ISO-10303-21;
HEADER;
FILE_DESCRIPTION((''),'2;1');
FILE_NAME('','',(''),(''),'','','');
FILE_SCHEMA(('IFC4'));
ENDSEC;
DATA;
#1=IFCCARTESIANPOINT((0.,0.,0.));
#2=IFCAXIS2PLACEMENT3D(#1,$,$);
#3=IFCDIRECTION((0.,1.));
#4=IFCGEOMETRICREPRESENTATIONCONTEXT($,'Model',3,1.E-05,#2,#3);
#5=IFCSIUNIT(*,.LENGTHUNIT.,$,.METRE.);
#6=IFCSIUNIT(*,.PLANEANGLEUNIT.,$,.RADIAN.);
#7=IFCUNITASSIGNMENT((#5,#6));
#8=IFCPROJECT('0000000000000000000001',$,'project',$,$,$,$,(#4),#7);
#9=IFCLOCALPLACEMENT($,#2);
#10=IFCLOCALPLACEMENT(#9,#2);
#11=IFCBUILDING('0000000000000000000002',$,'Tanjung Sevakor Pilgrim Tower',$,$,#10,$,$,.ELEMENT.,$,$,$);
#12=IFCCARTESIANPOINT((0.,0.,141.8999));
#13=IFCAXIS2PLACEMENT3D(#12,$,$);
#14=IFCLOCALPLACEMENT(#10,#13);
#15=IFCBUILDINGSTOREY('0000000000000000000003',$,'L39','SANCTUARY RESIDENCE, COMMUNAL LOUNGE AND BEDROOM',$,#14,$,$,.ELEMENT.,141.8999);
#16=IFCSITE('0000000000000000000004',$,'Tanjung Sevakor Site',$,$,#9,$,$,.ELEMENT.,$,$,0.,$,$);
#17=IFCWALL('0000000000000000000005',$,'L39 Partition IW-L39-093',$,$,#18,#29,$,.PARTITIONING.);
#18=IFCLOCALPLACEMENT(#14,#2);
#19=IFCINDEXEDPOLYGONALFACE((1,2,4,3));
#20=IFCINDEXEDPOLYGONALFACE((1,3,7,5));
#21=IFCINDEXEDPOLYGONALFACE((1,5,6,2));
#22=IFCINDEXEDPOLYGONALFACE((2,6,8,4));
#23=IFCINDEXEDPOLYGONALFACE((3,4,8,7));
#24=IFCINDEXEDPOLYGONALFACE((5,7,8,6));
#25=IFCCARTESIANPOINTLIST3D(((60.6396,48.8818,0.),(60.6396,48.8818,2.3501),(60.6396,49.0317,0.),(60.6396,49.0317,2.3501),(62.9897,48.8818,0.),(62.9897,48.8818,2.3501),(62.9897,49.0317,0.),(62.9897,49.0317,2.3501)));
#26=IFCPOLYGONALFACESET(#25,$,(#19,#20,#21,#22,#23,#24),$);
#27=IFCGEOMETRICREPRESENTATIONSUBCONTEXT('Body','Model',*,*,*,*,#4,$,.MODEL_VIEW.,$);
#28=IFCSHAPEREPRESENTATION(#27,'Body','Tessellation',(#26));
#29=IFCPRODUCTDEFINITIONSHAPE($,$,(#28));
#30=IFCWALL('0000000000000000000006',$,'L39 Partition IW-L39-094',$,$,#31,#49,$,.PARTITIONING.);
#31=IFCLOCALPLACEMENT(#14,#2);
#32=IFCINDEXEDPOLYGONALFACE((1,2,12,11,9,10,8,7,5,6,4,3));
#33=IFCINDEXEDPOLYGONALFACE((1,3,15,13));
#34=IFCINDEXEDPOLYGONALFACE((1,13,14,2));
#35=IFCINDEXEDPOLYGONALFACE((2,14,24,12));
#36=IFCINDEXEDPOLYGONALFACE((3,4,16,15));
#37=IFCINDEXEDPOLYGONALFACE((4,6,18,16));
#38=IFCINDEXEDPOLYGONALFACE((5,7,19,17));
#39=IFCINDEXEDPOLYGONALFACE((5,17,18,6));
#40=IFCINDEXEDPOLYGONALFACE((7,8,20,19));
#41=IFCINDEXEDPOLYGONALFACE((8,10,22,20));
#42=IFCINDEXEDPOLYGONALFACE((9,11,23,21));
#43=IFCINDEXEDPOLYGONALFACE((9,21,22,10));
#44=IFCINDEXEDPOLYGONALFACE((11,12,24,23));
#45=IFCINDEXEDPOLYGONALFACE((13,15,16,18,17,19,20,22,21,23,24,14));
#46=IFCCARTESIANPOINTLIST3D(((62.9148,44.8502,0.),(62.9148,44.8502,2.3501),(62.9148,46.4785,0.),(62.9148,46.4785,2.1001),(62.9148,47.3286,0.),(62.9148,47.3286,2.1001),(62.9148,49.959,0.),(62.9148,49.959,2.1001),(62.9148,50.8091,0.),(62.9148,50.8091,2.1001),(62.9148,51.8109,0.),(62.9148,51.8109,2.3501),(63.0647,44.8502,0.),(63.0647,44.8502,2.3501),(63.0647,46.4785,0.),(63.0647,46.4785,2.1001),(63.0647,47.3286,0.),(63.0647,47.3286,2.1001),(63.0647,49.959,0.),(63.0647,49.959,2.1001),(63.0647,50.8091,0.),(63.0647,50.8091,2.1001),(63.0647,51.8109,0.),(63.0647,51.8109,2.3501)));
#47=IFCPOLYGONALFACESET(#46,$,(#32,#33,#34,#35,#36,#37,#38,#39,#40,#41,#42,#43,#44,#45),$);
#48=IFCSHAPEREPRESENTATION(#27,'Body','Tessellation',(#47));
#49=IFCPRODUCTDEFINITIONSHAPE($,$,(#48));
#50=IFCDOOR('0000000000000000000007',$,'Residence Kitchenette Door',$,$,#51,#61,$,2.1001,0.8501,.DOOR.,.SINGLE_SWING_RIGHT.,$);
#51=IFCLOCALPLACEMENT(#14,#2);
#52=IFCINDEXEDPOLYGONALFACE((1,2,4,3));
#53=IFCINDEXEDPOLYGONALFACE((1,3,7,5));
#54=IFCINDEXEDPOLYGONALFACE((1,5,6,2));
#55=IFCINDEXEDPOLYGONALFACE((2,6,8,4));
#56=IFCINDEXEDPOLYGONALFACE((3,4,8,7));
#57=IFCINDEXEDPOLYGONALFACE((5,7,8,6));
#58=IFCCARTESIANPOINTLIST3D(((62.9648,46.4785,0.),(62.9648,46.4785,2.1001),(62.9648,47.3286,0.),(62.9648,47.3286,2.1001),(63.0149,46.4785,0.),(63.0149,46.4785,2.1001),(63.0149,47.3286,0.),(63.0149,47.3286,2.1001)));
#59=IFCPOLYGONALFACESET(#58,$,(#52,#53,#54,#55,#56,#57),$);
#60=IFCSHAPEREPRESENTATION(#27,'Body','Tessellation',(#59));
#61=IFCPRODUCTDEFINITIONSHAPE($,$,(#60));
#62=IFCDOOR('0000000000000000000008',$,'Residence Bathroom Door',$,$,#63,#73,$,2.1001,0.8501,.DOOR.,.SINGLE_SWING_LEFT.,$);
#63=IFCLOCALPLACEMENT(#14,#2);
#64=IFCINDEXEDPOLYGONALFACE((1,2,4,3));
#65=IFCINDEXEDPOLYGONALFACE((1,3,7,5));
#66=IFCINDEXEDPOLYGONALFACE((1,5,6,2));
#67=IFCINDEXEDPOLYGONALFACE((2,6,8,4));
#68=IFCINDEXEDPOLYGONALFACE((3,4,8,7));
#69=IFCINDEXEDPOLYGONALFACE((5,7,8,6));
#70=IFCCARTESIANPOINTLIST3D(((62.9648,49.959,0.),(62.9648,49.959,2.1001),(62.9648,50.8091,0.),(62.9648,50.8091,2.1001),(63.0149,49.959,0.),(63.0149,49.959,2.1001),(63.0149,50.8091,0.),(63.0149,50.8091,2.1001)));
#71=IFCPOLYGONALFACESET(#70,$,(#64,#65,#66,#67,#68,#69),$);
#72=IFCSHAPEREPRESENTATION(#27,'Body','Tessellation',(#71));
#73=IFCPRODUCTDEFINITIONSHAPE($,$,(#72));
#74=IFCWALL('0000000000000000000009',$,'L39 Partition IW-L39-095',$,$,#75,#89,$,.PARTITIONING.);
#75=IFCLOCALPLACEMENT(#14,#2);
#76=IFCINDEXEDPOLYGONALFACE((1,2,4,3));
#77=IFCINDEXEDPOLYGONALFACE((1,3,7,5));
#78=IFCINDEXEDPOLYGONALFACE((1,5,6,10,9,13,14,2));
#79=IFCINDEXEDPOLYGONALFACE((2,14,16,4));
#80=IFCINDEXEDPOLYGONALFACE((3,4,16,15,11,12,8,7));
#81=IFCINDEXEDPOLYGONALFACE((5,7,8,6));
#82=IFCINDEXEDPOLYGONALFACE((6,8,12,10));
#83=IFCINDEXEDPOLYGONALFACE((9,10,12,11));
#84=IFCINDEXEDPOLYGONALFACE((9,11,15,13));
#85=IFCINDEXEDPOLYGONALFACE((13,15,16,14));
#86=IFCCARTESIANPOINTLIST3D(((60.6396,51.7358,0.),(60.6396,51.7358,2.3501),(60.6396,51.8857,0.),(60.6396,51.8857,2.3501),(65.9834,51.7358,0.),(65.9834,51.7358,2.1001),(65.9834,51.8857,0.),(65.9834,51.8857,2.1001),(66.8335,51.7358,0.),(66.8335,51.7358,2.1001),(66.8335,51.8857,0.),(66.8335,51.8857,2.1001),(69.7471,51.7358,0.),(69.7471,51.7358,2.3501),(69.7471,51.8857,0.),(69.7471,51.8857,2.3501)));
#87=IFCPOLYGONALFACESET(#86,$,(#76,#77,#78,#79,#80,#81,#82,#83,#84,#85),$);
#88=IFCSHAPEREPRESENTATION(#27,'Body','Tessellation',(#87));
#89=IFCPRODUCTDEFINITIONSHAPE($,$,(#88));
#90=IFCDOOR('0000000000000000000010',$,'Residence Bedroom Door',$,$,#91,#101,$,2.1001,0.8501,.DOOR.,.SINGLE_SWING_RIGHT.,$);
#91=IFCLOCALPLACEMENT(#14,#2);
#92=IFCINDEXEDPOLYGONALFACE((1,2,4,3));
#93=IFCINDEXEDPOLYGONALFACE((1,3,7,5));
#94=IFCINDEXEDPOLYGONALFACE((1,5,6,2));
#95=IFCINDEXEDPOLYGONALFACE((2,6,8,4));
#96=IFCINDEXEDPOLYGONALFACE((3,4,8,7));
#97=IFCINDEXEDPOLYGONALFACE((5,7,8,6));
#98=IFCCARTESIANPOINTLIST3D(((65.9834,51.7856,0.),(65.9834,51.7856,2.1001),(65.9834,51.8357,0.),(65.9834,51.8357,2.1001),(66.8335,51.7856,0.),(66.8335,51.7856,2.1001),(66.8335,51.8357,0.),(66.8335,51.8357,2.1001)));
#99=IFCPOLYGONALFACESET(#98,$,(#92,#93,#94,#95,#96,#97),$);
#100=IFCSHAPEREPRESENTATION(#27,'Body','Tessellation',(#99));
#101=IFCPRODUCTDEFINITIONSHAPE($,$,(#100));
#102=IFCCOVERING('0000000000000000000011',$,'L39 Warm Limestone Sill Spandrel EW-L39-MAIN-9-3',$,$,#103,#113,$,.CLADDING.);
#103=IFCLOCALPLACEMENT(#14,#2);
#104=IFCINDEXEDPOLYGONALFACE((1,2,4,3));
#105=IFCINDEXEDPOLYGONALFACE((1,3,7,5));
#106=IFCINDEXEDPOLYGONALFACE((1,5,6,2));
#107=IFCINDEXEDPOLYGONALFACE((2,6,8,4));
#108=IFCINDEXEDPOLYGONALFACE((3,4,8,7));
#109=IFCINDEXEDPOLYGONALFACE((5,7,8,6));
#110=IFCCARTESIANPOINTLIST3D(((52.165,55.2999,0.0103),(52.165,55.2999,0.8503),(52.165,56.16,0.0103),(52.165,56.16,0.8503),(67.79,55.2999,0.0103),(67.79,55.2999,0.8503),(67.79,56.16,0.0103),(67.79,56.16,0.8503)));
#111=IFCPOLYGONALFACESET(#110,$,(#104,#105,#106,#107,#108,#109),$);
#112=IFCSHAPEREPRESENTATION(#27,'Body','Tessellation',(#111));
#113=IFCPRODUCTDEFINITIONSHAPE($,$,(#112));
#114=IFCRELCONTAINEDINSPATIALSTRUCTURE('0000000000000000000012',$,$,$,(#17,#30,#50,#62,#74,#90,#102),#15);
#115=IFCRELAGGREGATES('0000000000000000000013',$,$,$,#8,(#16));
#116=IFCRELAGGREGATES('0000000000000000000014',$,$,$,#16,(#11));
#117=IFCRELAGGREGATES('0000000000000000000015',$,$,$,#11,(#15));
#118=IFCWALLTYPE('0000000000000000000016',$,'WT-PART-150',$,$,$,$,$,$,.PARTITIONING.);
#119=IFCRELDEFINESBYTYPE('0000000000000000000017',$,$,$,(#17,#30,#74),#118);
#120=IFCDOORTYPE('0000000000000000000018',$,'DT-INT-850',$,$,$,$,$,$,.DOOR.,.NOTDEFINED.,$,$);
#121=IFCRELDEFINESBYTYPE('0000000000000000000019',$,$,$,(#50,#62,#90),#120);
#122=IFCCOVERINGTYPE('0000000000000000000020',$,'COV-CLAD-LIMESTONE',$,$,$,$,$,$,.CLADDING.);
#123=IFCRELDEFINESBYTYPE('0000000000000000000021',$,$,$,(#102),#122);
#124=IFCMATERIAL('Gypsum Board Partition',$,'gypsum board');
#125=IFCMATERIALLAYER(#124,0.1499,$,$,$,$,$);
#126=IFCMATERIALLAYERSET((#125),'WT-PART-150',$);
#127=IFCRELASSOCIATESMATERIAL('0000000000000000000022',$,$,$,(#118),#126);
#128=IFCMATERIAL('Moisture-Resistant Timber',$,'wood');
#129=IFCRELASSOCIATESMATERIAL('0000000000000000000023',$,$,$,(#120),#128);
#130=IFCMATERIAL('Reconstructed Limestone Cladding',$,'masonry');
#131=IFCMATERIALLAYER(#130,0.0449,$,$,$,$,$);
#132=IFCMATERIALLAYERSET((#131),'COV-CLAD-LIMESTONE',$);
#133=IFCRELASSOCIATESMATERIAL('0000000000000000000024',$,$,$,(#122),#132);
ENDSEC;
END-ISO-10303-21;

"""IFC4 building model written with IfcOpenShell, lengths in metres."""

from ifc_helpers import new_model, si_unit, direction, frame, frame_2d, origin, origin_2d, place, context, subcontext, project, spatial, rectangle, extrude, material, layer, layer_set, type_object, element, fill, save


model = new_model("IFC4")

# Units and contexts
model_context = context("Model", 3, precision=1e-05, world=origin(), true_north=direction((0.0, 1.0)))
body_context = subcontext(model_context, "Body", "Model", "MODEL_VIEW")
ifc_project = project(units=[si_unit("LENGTHUNIT", "METRE"), si_unit("PLANEANGLEUNIT", "RADIAN")], contexts=[model_context])

# Site, building, storey
site_placement = place(None, origin())
site = spatial("IfcSite", under=ifc_project, at=site_placement, Name="Tanjung Sevakor Site", CompositionType="ELEMENT", RefElevation=0.0)
building_placement = place(site_placement, origin())
building = spatial("IfcBuilding", under=site, at=building_placement, Name="Tanjung Sevakor Pilgrim Tower", CompositionType="ELEMENT")
storey_placement = place(building_placement, frame((0.0, 0.0, 141.8999)))
storey = spatial("IfcBuildingStorey", under=building, at=storey_placement, Name="L39", Description="SANCTUARY RESIDENCE, COMMUNAL LOUNGE AND BEDROOM", CompositionType="ELEMENT", Elevation=141.8999)

# Shared definitions
ifc_material_1 = material(Name="Gypsum Board Partition", Category="gypsum board")
ifc_layer_1 = layer(ifc_material_1, 0.1499)
ifc_layer_set_1 = layer_set([ifc_layer_1], Name="WT-PART-150")
wall_type_1 = type_object("IfcWallType", Name="WT-PART-150", PredefinedType="PARTITIONING", material=ifc_layer_set_1)
ifc_material_2 = material(Name="Moisture-Resistant Timber", Category="wood")
door_type_1 = type_object("IfcDoorType", Name="DT-INT-850", OperationType="NOTDEFINED", PredefinedType="DOOR", material=ifc_material_2)

# Wall
wall_1_placement = place(storey_placement, frame((60.6396, 48.9568, 0.0), z_axis=(0.0, 0.0, 1.0), x_axis=(1.0, 0.0, 0.0)))
element("IfcWall", 1, at=wall_1_placement, inside=storey, type_object=wall_type_1, Name="L39 Partition IW-L39-093", PredefinedType="PARTITIONING", context=body_context, shape_type="SweptSolid", body=[
    extrude(rectangle(XDim=2.3501, YDim=0.1499, at=frame_2d((1.175, 0.0))), origin(), (0.0, 0.0, 1.0), 2.3501),
])

# Wall, openings, doors
wall_2_placement = place(storey_placement, frame((62.9897, 44.8501, 0.0), z_axis=(0.0, 0.0, 1.0), x_axis=(0.0, 1.0, 0.0)))
wall_2 = element("IfcWall", 2, at=wall_2_placement, inside=storey, type_object=wall_type_1, Name="L39 Partition IW-L39-094", PredefinedType="PARTITIONING", context=body_context, shape_type="SweptSolid", body=[
    extrude(rectangle(XDim=6.9607, YDim=0.1499, at=frame_2d((3.4805, 0.0))), origin(), (0.0, 0.0, 1.0), 2.3501),
])
opening_1_placement = place(wall_2_placement, frame((1.6284, 0.0, 0.0)))
opening_1 = element("IfcOpeningElement", 3, at=opening_1_placement, cuts=wall_2, PredefinedType="OPENING", context=body_context, shape_type="SweptSolid", body=[
    extrude(rectangle(XDim=0.8501, YDim=2.1001, at=frame_2d((0.425, 1.05))), frame((0.0, 0.085, 0.0), z_axis=(0.0, -1.0, 0.0), x_axis=(1.0, 0.0, 0.0)), (0.0, 0.0, 1.0), 0.1699),
])
opening_2_placement = place(wall_2_placement, frame((5.1089, 0.0, 0.0)))
opening_2 = element("IfcOpeningElement", 4, at=opening_2_placement, cuts=wall_2, PredefinedType="OPENING", context=body_context, shape_type="SweptSolid", body=[
    extrude(rectangle(XDim=0.8501, YDim=2.1001, at=frame_2d((0.425, 1.05))), frame((0.0, 0.085, 0.0), z_axis=(0.0, -1.0, 0.0), x_axis=(1.0, 0.0, 0.0)), (0.0, 0.0, 1.0), 0.1699),
])
door_1_placement = place(opening_1_placement, origin())
door_1 = element("IfcDoor", 5, at=door_1_placement, inside=storey, type_object=door_type_1, Name="Residence Kitchenette Door", OperationType="SINGLE_SWING_RIGHT", OverallHeight=2.1001, OverallWidth=0.8501, PredefinedType="DOOR", context=body_context, shape_type="SweptSolid", body=[
    extrude(rectangle(XDim=0.8501, YDim=2.1001, at=frame_2d((0.425, 1.05))), frame((0.0, 0.0249, 0.0), z_axis=(0.0, -1.0, 0.0), x_axis=(1.0, 0.0, 0.0)), (0.0, 0.0, 1.0), 0.05),
])
fill(opening_1, door_1)
door_2_placement = place(opening_2_placement, origin())
door_2 = element("IfcDoor", 6, at=door_2_placement, inside=storey, type_object=door_type_1, Name="Residence Bathroom Door", OperationType="SINGLE_SWING_LEFT", OverallHeight=2.1001, OverallWidth=0.8501, PredefinedType="DOOR", context=body_context, shape_type="SweptSolid", body=[
    extrude(rectangle(XDim=0.8501, YDim=2.1001, at=frame_2d((0.425, 1.05))), frame((0.0, 0.0249, 0.0), z_axis=(0.0, -1.0, 0.0), x_axis=(1.0, 0.0, 0.0)), (0.0, 0.0, 1.0), 0.05),
])
fill(opening_2, door_2)

# Wall, opening, door
wall_3_placement = place(storey_placement, frame((60.6396, 51.8108, 0.0), z_axis=(0.0, 0.0, 1.0), x_axis=(1.0, 0.0, 0.0)))
wall_3 = element("IfcWall", 7, at=wall_3_placement, inside=storey, type_object=wall_type_1, Name="L39 Partition IW-L39-095", PredefinedType="PARTITIONING", context=body_context, shape_type="SweptSolid", body=[
    extrude(rectangle(XDim=9.1074, YDim=0.1499, at=frame_2d((4.5537, 0.0))), origin(), (0.0, 0.0, 1.0), 2.3501),
])
opening_3_placement = place(wall_3_placement, frame((5.3438, 0.0, 0.0)))
opening_3 = element("IfcOpeningElement", 8, at=opening_3_placement, cuts=wall_3, PredefinedType="OPENING", context=body_context, shape_type="SweptSolid", body=[
    extrude(rectangle(XDim=0.8501, YDim=2.1001, at=frame_2d((0.425, 1.05))), frame((0.0, 0.085, 0.0), z_axis=(0.0, -1.0, 0.0), x_axis=(1.0, 0.0, 0.0)), (0.0, 0.0, 1.0), 0.1699),
])
door_3_placement = place(opening_3_placement, origin())
door_3 = element("IfcDoor", 9, at=door_3_placement, inside=storey, type_object=door_type_1, Name="Residence Bedroom Door", OperationType="SINGLE_SWING_RIGHT", OverallHeight=2.1001, OverallWidth=0.8501, PredefinedType="DOOR", context=body_context, shape_type="SweptSolid", body=[
    extrude(rectangle(XDim=0.8501, YDim=2.1001, at=frame_2d((0.425, 1.05))), frame((0.0, 0.0249, 0.0), z_axis=(0.0, -1.0, 0.0), x_axis=(1.0, 0.0, 0.0)), (0.0, 0.0, 1.0), 0.05),
])
fill(opening_3, door_3)

# Covering
ifc_material_3 = material(Name="Reconstructed Limestone Cladding", Category="masonry")
ifc_layer_2 = layer(ifc_material_3, 0.0449)
ifc_layer_set_2 = layer_set([ifc_layer_2], Name="COV-CLAD-LIMESTONE")
covering_type = type_object("IfcCoveringType", Name="COV-CLAD-LIMESTONE", PredefinedType="CLADDING", material=ifc_layer_set_2)
covering_placement = place(storey_placement, frame((59.9775, 55.73, 0.0103), z_axis=(0.0, 0.0, 1.0), x_axis=(-1.0, 0.0, 0.0)))
element("IfcCovering", 10, at=covering_placement, inside=storey, type_object=covering_type, Name="L39 Warm Limestone Sill Spandrel EW-L39-MAIN-9-3", PredefinedType="CLADDING", context=body_context, shape_type="SweptSolid", body=[
    extrude(rectangle(XDim=15.625, YDim=0.8601, at=origin_2d()), origin(), (0.0, 0.0, 1.0), 0.8401),
])

save(model, "model.ifc")
